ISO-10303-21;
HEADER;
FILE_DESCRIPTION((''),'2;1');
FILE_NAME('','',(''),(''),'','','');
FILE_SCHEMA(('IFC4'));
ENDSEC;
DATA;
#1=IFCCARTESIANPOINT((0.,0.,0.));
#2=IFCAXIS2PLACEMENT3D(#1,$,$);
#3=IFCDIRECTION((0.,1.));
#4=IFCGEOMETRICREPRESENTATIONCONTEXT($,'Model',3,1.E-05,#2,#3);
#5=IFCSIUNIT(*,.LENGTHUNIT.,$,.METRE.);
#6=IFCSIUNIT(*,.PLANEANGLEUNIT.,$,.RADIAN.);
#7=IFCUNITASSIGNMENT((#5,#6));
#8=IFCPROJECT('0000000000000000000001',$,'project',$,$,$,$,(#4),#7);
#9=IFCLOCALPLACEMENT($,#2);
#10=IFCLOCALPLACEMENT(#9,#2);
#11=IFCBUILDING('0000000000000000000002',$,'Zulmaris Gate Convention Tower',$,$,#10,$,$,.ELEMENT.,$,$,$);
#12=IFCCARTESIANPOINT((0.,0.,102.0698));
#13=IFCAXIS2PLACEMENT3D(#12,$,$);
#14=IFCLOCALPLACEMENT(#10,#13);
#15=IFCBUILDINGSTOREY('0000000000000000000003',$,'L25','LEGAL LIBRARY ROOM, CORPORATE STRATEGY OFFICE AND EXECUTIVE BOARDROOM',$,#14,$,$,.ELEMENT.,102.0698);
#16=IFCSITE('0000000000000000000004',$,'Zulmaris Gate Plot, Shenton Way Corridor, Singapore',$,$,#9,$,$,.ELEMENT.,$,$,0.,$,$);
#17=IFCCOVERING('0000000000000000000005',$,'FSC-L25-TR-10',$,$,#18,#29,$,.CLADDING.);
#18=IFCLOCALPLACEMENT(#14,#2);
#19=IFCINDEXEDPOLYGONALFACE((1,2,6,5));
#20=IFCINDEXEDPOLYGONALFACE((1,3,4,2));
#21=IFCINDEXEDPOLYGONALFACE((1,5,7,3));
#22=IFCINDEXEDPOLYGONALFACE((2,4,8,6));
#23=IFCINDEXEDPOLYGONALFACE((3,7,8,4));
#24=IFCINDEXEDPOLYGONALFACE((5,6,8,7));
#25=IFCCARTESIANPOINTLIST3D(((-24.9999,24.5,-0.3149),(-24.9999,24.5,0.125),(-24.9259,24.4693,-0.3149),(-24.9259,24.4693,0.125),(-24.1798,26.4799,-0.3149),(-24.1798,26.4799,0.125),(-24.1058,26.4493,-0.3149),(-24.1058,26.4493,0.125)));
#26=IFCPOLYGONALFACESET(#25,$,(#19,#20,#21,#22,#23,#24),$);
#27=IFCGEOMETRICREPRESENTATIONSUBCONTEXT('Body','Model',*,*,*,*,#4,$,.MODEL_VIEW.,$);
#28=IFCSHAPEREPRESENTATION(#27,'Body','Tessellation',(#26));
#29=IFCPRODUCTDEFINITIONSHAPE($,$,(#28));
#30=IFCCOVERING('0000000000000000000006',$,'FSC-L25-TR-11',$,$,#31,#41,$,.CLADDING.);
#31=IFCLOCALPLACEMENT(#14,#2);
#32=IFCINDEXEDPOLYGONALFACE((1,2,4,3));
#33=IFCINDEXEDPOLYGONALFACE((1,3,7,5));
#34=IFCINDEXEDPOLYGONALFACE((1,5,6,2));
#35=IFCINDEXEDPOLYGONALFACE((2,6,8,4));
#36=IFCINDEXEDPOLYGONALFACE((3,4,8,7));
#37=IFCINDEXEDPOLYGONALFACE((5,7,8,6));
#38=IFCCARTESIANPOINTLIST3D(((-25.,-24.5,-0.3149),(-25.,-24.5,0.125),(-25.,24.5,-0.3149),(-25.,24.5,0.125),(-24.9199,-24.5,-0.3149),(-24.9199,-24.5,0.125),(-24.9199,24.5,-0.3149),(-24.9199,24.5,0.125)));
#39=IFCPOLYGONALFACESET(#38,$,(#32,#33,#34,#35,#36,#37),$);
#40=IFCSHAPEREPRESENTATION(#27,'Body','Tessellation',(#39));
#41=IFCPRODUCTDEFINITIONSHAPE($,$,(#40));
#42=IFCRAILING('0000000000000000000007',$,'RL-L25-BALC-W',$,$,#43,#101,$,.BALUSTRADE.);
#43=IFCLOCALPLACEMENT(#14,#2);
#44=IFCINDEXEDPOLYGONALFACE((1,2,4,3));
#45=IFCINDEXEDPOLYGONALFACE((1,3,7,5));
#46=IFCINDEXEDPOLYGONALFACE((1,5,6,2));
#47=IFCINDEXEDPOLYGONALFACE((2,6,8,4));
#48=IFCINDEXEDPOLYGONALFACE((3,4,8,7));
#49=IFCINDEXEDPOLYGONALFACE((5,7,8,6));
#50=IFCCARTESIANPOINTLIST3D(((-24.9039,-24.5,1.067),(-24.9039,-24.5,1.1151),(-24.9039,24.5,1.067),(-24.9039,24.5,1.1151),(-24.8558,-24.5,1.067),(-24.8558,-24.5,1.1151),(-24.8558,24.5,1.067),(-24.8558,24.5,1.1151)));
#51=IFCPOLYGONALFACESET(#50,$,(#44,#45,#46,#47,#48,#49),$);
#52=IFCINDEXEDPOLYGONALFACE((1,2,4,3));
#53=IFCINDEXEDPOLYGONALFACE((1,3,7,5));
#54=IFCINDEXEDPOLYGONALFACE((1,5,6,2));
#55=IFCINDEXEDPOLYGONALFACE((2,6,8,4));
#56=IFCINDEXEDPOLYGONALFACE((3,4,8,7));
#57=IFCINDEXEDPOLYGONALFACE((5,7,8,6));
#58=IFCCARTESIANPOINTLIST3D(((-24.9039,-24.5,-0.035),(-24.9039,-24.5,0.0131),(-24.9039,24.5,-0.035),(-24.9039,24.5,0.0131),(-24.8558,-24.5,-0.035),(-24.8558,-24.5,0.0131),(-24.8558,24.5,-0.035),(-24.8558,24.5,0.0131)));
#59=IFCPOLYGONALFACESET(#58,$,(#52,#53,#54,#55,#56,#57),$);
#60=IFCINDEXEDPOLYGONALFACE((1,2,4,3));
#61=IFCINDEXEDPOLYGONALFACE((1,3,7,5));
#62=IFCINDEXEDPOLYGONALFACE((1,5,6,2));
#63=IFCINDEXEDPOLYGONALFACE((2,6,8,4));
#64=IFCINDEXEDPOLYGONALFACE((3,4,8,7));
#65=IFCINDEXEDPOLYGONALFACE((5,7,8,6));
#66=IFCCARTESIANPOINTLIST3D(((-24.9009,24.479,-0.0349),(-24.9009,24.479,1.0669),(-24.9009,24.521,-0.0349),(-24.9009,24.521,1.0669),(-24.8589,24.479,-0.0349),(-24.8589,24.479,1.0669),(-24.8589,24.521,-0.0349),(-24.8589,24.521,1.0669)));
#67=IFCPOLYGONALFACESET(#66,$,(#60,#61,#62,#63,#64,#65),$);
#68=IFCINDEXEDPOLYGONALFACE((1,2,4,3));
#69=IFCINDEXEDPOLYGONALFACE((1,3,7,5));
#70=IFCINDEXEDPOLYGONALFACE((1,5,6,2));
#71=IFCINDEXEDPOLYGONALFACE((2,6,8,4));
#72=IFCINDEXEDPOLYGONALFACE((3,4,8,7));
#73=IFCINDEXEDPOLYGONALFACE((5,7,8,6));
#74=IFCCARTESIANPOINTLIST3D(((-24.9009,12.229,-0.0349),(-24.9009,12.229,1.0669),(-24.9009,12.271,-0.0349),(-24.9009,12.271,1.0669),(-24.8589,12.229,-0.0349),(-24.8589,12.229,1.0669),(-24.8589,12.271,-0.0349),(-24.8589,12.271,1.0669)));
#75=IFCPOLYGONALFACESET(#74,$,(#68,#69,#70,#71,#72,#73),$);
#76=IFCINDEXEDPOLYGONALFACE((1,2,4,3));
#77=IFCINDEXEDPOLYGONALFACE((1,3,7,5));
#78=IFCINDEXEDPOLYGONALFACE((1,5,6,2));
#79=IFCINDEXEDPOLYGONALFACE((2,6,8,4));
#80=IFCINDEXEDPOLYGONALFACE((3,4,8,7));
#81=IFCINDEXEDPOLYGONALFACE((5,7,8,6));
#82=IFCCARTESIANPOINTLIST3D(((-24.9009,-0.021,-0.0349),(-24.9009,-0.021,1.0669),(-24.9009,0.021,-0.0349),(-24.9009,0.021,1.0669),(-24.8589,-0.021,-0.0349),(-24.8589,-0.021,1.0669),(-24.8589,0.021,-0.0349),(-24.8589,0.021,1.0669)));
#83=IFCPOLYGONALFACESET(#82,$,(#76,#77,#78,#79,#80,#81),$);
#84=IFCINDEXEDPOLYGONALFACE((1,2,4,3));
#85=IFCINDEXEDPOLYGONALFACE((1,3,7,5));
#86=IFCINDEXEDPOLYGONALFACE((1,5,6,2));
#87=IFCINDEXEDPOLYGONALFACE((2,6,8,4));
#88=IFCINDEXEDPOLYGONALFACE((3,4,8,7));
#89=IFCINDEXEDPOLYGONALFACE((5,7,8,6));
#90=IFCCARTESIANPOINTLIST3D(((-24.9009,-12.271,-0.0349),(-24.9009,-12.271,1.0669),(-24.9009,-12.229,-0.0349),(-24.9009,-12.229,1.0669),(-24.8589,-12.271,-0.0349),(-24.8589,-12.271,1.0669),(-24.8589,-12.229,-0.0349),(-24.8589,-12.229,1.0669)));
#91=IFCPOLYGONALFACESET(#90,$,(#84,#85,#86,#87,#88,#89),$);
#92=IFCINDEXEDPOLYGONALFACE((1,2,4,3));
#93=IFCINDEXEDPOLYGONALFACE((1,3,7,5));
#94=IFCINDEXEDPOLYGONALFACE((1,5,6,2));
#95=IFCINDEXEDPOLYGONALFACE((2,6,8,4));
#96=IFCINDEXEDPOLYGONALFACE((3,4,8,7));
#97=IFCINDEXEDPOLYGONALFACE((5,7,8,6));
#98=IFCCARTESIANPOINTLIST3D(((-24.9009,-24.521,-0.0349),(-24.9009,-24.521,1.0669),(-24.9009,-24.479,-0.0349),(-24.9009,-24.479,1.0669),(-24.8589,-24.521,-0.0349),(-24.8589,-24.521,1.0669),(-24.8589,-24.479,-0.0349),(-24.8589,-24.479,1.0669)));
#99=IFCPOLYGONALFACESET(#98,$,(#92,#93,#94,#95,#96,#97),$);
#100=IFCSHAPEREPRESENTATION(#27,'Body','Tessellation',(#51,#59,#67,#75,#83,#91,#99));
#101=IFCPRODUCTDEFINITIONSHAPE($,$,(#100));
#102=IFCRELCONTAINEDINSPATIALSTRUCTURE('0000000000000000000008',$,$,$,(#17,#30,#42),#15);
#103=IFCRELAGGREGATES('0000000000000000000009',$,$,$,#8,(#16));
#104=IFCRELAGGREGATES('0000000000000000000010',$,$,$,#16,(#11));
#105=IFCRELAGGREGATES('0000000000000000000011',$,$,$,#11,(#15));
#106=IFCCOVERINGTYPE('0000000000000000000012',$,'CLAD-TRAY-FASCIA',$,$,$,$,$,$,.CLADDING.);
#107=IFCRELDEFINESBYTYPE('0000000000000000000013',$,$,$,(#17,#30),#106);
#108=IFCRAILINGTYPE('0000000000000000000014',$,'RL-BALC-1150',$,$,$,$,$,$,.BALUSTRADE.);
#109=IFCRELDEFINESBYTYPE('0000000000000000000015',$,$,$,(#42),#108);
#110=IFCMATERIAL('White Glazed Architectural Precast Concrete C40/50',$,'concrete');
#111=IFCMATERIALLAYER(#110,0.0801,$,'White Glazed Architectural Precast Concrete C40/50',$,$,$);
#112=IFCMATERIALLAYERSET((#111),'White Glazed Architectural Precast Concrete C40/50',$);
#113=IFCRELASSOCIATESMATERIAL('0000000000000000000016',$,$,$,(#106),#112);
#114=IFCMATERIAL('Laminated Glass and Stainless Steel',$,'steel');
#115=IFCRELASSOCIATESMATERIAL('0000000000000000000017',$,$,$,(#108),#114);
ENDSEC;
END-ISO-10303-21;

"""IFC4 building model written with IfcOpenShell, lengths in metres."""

from ifc_helpers import new_model, si_unit, direction, frame, frame_2d, origin, origin_2d, place, context, subcontext, project, spatial, rectangle, extrude, material, layer, layer_set, type_object, element, save


model = new_model("IFC4")

# Units and contexts
model_context = context("Model", 3, precision=1e-05, world=origin(), true_north=direction((0.0, 1.0)))
body_context = subcontext(model_context, "Body", "Model", "MODEL_VIEW")
ifc_project = project(units=[si_unit("LENGTHUNIT", "METRE"), si_unit("PLANEANGLEUNIT", "RADIAN")], contexts=[model_context])

# Site, building, storey
site_placement = place(None, origin())
site = spatial("IfcSite", under=ifc_project, at=site_placement, Name="Zulmaris Gate Plot, Shenton Way Corridor, Singapore", CompositionType="ELEMENT", RefElevation=0.0)
building_placement = place(site_placement, origin())
building = spatial("IfcBuilding", under=site, at=building_placement, Name="Zulmaris Gate Convention Tower", CompositionType="ELEMENT")
storey_placement = place(building_placement, frame((0.0, 0.0, 102.0698)))
storey = spatial("IfcBuildingStorey", under=building, at=storey_placement, Name="L25", Description="LEGAL LIBRARY ROOM, CORPORATE STRATEGY OFFICE AND EXECUTIVE BOARDROOM", CompositionType="ELEMENT", Elevation=102.0698)

# Coverings
ifc_material_1 = material(Name="White Glazed Architectural Precast Concrete C40/50", Category="concrete")
ifc_layer_1 = layer(ifc_material_1, 0.0801, Name="White Glazed Architectural Precast Concrete C40/50")
ifc_layer_set_1 = layer_set([ifc_layer_1], Name="White Glazed Architectural Precast Concrete C40/50")
covering_type = type_object("IfcCoveringType", Name="CLAD-TRAY-FASCIA", PredefinedType="CLADDING", material=ifc_layer_set_1)
covering_1_placement = place(storey_placement, frame((-24.1428, 26.4646, -0.3149), z_axis=(0.0, 0.0, 1.0), x_axis=(-0.382657, -0.92389, 0.0)))
element("IfcCovering", 1, at=covering_1_placement, inside=storey, type_object=covering_type, Name="FSC-L25-TR-10", PredefinedType="CLADDING", context=body_context, shape_type="SweptSolid", body=[
    extrude(rectangle(XDim=2.1431, YDim=0.0801, at=frame_2d((1.0715, 0.0))), origin(), (0.0, 0.0, 1.0), 0.4399),
])
covering_2_placement = place(storey_placement, frame((-24.96, 24.5, -0.3149), z_axis=(0.0, 0.0, 1.0), x_axis=(0.0, -1.0, 0.0)))
element("IfcCovering", 2, at=covering_2_placement, inside=storey, type_object=covering_type, Name="FSC-L25-TR-11", PredefinedType="CLADDING", context=body_context, shape_type="SweptSolid", body=[
    extrude(rectangle(XDim=49.0, YDim=0.0801, at=frame_2d((24.5, 0.0))), origin(), (0.0, 0.0, 1.0), 0.4399),
])

# Railing
ifc_material_2 = material(Name="Laminated Glass and Stainless Steel", Category="steel")
railing_type = type_object("IfcRailingType", Name="RL-BALC-1150", PredefinedType="BALUSTRADE", material=ifc_material_2)
railing_placement = place(storey_placement, frame((-24.8799, 24.5, -0.0349)))
element("IfcRailing", 3, at=railing_placement, inside=storey, type_object=railing_type, Name="RL-L25-BALC-W", PredefinedType="BALUSTRADE", context=body_context, shape_type="SweptSolid", body=[
    extrude(rectangle(XDim=0.0481, YDim=0.0481, at=origin_2d()), frame((0.0, 0.0, 1.126), z_axis=(0.0, -1.0, 0.0), x_axis=(1.0, 0.0, 0.0)), (0.0, 0.0, 1.0), 49.0),
    extrude(rectangle(XDim=0.0481, YDim=0.0481, at=origin_2d()), frame((0.0, 0.0, 0.0239), z_axis=(0.0, -1.0, 0.0), x_axis=(1.0, 0.0, 0.0)), (0.0, 0.0, 1.0), 49.0),
    extrude(rectangle(XDim=0.042, YDim=0.042, at=origin_2d()), origin(), (0.0, 0.0, 1.0), 1.1018),
    extrude(rectangle(XDim=0.042, YDim=0.042, at=origin_2d()), frame((0.0, -12.25, 0.0)), (0.0, 0.0, 1.0), 1.1018),
    extrude(rectangle(XDim=0.042, YDim=0.042, at=origin_2d()), frame((0.0, -24.5, 0.0)), (0.0, 0.0, 1.0), 1.1018),
    extrude(rectangle(XDim=0.042, YDim=0.042, at=origin_2d()), frame((0.0, -36.75, 0.0)), (0.0, 0.0, 1.0), 1.1018),
    extrude(rectangle(XDim=0.042, YDim=0.042, at=origin_2d()), frame((0.0, -49.0, 0.0)), (0.0, 0.0, 1.0), 1.1018),
])

save(model, "model.ifc")
